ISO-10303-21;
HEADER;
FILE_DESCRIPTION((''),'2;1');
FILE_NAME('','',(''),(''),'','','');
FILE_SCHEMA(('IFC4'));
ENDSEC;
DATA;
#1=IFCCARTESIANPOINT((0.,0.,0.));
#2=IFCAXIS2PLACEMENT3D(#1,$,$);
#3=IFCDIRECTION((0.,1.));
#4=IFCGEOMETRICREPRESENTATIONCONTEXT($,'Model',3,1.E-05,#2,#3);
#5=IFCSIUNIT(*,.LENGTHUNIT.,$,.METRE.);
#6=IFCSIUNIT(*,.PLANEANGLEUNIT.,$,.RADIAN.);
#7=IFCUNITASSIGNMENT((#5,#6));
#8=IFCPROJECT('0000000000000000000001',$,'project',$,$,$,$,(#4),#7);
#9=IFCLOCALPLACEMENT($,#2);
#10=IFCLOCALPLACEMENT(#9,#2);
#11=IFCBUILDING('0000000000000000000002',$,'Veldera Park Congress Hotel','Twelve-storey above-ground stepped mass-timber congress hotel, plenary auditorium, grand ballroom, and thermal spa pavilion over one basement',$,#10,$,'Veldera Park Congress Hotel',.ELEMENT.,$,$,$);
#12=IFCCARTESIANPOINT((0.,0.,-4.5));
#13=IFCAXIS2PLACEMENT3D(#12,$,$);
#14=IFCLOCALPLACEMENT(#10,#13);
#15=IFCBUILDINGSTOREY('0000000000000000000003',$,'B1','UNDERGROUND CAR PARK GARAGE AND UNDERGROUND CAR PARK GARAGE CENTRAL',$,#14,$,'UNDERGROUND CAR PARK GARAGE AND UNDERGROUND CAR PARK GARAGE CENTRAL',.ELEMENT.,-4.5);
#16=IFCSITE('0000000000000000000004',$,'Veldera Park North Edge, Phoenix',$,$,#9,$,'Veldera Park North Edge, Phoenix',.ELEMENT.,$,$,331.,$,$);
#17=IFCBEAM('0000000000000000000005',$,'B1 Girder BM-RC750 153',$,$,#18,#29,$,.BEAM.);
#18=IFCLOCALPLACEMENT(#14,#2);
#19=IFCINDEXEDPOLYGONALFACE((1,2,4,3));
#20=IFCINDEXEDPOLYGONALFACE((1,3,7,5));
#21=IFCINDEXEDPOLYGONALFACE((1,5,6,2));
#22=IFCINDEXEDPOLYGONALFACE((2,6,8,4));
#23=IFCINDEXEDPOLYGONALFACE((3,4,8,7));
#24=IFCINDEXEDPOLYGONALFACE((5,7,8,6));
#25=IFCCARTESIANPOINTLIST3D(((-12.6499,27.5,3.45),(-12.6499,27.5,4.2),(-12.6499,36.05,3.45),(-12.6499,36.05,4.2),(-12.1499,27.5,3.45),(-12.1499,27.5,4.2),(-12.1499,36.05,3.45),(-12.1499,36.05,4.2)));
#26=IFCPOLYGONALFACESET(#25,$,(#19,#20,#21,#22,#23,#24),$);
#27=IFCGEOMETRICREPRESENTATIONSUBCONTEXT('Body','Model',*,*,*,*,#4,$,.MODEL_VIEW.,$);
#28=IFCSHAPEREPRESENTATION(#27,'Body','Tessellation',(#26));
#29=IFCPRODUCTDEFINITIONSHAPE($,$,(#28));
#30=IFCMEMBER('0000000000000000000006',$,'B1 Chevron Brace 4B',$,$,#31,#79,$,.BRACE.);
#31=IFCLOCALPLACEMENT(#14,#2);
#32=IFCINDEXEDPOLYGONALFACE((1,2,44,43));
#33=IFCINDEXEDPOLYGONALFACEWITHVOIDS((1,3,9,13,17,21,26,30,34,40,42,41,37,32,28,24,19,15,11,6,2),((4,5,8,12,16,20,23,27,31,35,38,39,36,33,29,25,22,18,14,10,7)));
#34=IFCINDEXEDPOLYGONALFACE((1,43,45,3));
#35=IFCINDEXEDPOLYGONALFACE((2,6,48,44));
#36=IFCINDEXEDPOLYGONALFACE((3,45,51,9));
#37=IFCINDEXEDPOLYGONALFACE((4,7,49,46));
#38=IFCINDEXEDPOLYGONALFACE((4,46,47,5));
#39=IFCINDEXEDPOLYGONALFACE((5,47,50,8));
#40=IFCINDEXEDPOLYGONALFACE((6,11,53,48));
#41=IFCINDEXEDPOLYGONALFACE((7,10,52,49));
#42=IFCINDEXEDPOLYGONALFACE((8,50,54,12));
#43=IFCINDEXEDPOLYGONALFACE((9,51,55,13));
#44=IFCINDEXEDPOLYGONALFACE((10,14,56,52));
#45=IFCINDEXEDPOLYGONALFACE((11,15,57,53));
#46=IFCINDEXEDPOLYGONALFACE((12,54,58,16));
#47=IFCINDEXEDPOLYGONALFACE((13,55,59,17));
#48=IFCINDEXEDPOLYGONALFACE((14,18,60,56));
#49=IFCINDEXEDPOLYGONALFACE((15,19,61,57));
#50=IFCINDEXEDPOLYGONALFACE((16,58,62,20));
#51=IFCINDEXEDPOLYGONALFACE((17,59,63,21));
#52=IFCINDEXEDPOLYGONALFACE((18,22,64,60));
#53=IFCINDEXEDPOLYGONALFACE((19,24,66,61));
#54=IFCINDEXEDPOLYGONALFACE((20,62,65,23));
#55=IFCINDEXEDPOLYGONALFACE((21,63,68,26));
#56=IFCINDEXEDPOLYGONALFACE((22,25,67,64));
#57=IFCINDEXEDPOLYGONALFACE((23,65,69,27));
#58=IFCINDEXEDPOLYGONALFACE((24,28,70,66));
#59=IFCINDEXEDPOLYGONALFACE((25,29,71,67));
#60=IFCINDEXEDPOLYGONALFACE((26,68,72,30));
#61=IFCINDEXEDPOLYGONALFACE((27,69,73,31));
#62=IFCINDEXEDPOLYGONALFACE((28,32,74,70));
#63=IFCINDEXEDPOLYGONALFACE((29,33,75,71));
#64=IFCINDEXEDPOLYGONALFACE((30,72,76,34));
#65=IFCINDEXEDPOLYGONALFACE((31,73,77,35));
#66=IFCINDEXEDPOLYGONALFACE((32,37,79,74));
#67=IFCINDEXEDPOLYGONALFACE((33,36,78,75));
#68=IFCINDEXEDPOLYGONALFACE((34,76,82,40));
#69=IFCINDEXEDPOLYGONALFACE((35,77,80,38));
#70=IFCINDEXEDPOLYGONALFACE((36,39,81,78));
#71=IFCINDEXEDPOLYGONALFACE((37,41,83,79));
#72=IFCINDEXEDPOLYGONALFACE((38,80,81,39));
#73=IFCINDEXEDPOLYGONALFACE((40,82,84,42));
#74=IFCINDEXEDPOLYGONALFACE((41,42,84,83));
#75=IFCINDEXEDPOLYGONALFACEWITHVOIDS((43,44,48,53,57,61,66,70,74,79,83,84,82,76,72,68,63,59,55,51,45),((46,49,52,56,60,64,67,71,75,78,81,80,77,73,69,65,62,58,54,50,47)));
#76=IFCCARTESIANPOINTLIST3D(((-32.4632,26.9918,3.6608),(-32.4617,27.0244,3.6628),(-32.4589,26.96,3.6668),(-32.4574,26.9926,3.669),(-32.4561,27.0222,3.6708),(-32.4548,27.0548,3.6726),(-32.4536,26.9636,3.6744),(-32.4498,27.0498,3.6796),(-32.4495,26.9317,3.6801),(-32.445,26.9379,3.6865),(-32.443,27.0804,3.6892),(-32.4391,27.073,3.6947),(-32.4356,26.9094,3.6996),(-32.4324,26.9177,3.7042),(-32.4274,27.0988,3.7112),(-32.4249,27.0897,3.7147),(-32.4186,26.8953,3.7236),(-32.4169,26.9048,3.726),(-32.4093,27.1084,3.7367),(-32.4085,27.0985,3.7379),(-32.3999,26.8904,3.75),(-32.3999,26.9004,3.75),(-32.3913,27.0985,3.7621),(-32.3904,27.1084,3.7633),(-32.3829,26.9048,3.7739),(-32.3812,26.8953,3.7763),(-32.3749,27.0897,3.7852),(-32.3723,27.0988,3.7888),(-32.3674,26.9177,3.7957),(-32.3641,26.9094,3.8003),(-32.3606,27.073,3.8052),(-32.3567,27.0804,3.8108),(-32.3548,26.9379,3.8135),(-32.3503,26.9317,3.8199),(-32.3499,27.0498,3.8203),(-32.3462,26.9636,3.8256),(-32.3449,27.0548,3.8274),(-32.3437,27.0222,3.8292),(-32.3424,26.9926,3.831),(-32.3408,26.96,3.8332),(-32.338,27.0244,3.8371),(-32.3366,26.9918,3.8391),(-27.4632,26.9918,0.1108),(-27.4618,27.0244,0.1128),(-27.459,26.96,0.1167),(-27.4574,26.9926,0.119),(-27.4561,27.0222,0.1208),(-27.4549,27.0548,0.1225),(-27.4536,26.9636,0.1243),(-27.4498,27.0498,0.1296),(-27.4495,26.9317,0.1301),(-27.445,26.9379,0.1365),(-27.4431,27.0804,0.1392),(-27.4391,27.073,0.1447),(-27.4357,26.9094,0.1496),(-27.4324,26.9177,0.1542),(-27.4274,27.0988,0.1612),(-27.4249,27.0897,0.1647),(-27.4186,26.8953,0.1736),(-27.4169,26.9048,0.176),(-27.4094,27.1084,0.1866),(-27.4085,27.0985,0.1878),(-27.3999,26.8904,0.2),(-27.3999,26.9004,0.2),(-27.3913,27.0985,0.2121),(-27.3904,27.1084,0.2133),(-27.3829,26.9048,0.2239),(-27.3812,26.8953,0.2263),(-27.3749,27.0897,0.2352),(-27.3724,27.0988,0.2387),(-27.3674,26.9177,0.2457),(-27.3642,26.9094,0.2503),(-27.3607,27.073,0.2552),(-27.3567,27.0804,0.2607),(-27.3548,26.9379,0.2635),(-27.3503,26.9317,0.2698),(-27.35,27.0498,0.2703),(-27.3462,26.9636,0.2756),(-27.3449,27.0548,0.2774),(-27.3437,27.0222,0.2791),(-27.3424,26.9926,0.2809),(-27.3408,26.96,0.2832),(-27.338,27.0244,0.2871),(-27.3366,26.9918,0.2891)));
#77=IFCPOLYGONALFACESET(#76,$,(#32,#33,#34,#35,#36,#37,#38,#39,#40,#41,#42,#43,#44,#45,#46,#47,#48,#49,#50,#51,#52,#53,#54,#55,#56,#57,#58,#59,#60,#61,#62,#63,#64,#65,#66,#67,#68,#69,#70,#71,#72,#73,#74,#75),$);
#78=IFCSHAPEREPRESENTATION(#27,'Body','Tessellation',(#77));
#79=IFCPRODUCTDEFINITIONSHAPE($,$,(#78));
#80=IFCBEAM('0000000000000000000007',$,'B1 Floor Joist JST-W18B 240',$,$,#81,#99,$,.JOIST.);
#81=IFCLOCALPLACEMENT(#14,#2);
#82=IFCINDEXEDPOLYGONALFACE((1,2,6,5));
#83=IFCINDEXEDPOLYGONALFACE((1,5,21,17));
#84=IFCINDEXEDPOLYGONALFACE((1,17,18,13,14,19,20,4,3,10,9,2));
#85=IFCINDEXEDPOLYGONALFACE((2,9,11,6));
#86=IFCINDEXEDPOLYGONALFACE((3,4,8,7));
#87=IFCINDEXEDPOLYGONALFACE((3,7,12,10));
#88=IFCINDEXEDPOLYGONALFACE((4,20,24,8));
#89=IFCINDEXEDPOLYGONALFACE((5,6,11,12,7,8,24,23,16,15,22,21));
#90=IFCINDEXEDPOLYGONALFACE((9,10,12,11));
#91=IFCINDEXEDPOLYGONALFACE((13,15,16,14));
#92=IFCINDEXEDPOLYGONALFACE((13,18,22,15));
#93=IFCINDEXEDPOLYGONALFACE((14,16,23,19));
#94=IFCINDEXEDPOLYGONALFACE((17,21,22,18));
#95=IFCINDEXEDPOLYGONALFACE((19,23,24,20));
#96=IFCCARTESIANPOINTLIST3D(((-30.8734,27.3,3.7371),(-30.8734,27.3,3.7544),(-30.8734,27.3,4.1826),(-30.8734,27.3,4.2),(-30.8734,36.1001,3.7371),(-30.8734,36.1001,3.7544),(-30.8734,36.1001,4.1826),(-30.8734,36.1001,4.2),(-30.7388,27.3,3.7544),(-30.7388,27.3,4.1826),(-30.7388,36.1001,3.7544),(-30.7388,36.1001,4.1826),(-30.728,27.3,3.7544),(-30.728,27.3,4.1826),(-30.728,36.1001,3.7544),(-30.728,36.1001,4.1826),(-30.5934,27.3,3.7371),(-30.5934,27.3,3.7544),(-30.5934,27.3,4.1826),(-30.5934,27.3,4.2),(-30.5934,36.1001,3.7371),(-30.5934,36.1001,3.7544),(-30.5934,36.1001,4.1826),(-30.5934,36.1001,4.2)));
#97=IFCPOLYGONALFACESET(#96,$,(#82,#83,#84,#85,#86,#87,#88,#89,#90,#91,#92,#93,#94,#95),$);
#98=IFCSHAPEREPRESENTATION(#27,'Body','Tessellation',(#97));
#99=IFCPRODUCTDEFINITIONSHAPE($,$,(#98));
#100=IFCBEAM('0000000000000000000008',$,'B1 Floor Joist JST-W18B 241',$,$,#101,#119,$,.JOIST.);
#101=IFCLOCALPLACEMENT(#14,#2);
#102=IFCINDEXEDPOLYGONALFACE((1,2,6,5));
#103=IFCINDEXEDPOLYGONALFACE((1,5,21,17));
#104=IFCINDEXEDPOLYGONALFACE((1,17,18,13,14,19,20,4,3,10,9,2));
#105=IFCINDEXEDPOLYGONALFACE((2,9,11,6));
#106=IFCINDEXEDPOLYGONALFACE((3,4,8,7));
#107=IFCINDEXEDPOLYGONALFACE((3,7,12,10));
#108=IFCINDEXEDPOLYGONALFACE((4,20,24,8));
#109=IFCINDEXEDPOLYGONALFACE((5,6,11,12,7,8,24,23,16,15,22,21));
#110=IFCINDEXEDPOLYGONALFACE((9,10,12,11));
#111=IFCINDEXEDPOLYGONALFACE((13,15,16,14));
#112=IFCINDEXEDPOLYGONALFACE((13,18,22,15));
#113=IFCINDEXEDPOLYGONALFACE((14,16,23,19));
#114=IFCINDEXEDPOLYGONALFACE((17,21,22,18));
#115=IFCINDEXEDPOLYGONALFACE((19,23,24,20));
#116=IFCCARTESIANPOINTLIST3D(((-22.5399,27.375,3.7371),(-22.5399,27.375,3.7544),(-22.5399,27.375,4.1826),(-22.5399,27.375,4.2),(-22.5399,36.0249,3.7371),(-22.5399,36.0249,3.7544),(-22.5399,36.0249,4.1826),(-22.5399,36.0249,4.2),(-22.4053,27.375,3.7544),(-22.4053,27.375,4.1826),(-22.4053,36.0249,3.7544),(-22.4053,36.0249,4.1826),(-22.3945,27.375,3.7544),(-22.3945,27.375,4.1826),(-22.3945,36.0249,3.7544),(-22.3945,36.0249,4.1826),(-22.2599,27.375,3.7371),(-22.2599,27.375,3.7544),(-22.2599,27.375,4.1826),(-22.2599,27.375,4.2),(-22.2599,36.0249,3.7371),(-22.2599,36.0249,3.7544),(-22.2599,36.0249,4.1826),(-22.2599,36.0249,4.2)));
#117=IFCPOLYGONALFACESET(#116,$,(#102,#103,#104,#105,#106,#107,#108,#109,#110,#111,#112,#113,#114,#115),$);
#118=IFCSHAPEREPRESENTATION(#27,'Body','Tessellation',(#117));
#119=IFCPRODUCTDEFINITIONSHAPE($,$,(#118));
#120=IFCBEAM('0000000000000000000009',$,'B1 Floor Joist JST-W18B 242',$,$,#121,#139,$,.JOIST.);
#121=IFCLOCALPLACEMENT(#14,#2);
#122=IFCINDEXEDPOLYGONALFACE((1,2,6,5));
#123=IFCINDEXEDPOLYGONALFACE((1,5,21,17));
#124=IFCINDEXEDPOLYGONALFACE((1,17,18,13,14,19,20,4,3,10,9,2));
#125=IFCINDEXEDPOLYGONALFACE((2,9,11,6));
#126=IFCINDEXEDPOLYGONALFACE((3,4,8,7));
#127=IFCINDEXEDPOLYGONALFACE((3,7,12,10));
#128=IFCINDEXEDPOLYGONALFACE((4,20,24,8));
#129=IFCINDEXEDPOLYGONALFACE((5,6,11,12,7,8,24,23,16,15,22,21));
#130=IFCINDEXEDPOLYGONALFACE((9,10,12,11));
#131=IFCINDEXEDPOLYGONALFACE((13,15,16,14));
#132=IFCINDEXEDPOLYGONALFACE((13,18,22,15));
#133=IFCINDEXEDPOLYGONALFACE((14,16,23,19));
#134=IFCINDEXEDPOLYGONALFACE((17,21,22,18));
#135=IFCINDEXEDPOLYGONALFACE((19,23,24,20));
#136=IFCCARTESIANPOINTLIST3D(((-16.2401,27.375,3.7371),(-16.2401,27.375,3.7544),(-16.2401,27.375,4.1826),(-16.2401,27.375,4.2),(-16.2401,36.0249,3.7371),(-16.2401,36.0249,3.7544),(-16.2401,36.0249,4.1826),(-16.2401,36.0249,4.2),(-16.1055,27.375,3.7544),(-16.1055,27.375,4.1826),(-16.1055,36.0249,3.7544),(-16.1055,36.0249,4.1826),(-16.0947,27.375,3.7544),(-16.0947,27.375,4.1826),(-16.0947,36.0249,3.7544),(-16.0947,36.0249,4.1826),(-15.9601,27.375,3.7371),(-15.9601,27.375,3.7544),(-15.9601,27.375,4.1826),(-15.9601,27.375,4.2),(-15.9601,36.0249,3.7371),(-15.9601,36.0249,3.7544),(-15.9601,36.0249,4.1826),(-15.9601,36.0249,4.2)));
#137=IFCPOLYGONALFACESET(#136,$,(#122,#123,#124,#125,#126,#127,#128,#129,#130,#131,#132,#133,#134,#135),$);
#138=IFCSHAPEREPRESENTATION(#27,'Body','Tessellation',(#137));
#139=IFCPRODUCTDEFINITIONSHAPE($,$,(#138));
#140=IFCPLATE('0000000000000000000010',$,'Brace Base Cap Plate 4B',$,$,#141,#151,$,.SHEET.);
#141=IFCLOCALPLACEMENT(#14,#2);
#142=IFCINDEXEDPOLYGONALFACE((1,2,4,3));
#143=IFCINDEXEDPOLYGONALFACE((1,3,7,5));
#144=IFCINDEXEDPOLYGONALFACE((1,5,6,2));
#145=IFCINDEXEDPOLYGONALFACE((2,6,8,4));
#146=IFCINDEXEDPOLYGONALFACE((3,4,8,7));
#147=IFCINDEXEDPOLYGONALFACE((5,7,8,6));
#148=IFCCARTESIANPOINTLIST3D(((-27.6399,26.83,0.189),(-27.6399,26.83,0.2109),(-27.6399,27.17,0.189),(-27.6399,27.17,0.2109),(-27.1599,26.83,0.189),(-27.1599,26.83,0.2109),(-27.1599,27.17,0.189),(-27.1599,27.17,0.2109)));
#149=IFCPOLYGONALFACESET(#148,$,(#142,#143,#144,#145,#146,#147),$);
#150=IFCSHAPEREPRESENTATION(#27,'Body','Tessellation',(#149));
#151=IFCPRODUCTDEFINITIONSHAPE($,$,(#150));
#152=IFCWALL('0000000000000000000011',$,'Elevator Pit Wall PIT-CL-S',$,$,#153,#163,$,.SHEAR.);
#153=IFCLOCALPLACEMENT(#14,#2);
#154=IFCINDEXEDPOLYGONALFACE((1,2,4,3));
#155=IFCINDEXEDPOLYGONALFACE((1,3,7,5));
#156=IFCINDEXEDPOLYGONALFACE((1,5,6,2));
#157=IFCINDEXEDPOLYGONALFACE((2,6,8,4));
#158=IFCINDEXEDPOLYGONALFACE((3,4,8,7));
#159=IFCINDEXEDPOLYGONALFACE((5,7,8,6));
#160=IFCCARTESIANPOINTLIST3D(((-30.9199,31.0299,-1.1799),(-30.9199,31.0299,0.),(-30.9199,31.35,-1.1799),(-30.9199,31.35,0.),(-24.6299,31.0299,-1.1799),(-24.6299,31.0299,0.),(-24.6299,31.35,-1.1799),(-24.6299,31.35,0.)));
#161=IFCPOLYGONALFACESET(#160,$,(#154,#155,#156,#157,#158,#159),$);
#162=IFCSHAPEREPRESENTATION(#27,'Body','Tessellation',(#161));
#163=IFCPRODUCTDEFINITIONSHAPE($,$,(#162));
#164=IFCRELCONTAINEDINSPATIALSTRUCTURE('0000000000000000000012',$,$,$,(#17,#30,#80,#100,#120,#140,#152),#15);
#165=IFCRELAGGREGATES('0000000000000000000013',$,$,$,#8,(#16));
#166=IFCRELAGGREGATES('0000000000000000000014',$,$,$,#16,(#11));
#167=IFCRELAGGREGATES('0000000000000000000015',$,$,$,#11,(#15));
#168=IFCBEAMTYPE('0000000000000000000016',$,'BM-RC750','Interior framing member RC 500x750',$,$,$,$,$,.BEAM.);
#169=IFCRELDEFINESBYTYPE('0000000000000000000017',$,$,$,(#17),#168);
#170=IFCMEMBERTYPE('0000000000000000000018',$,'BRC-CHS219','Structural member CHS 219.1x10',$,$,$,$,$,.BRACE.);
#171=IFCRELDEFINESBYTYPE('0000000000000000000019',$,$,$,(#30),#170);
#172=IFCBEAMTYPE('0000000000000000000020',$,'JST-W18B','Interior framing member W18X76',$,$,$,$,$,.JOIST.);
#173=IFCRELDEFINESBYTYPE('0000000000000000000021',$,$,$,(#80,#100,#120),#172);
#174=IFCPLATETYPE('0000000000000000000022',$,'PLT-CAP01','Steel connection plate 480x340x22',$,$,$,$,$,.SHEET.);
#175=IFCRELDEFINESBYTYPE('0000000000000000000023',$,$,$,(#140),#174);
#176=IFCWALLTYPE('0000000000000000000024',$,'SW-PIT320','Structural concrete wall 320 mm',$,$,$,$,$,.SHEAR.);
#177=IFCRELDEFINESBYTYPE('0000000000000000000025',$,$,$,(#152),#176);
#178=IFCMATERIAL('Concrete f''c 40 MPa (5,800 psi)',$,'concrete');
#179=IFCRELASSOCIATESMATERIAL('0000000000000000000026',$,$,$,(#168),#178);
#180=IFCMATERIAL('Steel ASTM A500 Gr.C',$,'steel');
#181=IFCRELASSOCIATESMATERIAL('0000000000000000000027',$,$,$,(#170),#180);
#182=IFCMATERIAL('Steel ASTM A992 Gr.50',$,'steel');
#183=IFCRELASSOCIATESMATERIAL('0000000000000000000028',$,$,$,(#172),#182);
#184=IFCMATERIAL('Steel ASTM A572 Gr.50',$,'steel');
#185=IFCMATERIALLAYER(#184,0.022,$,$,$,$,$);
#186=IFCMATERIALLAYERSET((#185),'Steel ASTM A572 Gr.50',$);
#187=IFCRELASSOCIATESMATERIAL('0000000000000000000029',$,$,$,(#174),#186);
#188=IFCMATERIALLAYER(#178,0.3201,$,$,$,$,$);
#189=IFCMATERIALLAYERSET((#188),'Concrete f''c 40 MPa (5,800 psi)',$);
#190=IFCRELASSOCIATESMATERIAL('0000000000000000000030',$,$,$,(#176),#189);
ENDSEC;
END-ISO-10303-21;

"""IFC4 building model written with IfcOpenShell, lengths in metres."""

from ifc_helpers import new_model, si_unit, direction, frame, frame_2d, origin, origin_2d, place, context, subcontext, project, spatial, rectangle, hollow_circle, i_section, extrude, material, layer, layer_set, material_profile, profile_set, type_object, element, save


model = new_model("IFC4")

# Units and contexts
model_context = context("Model", 3, precision=1e-05, world=origin(), true_north=direction((0.0, 1.0)))
body_context = subcontext(model_context, "Body", "Model", "MODEL_VIEW")
ifc_project = project(units=[si_unit("LENGTHUNIT", "METRE"), si_unit("PLANEANGLEUNIT", "RADIAN")], contexts=[model_context])

# Site, building, storey
site_placement = place(None, origin())
site = spatial("IfcSite", under=ifc_project, at=site_placement, Name="Veldera Park North Edge, Phoenix", LongName="Veldera Park North Edge, Phoenix", CompositionType="ELEMENT", RefElevation=331.0)
building_placement = place(site_placement, origin())
building = spatial("IfcBuilding", under=site, at=building_placement, Name="Veldera Park Congress Hotel", Description="Twelve-storey above-ground stepped mass-timber congress hotel, plenary auditorium, grand ballroom, and thermal spa pavilion over one basement", LongName="Veldera Park Congress Hotel", CompositionType="ELEMENT")
storey_placement = place(building_placement, frame((0.0, 0.0, -4.5)))
storey = spatial("IfcBuildingStorey", under=building, at=storey_placement, Name="B1", Description="UNDERGROUND CAR PARK GARAGE AND UNDERGROUND CAR PARK GARAGE CENTRAL", LongName="UNDERGROUND CAR PARK GARAGE AND UNDERGROUND CAR PARK GARAGE CENTRAL", CompositionType="ELEMENT", Elevation=-4.5)

# Shared definitions
ifc_material_1 = material(Name="Concrete f'c 40 MPa (5,800 psi)", Category="concrete")

# Beam
ifc_material_profile_1 = material_profile(ifc_material_1, rectangle(XDim=0.5, YDim=0.75, at=origin_2d()), Name="RC 500x750")
ifc_profile_set_1 = profile_set([ifc_material_profile_1], Name="Concrete f'c 40 MPa (5,800 psi)")
beam_type_1 = type_object("IfcBeamType", Name="BM-RC750", Description="Interior framing member RC 500x750", PredefinedType="BEAM", material=ifc_profile_set_1)
beam_1_placement = place(storey_placement, frame((-12.3999, 27.5, 3.825), z_axis=(0.0, 1.0, 0.0), x_axis=(-1.0, 0.0, 0.0)))
element("IfcBeam", 1, at=beam_1_placement, inside=storey, type_object=beam_type_1, Name="B1 Girder BM-RC750 153", PredefinedType="BEAM", context=body_context, shape_type="SweptSolid", body=[
    extrude(rectangle(XDim=0.5, YDim=0.75, at=origin_2d()), origin(), (0.0, 0.0, 1.0), 8.55),
])

# Member
ifc_material_2 = material(Name="Steel ASTM A500 Gr.C", Category="steel")
ifc_material_profile_2 = material_profile(ifc_material_2, hollow_circle(Radius=0.1096, WallThickness=0.01, at=origin_2d()), Name="CHS 219.1x10")
ifc_profile_set_2 = profile_set([ifc_material_profile_2], Name="Steel ASTM A500 Gr.C")
member_type = type_object("IfcMemberType", Name="BRC-CHS219", Description="Structural member CHS 219.1x10", PredefinedType="BRACE", material=ifc_profile_set_2)
member_placement = place(storey_placement, frame((-27.3999, 27.0, 0.2), z_axis=(-0.815379, 0.0, 0.578927), x_axis=(0.0, -1.0, 0.0)))
element("IfcMember", 2, at=member_placement, inside=storey, type_object=member_type, Name="B1 Chevron Brace 4B", PredefinedType="BRACE", context=body_context, shape_type="SweptSolid", body=[
    extrude(hollow_circle(Radius=0.1096, WallThickness=0.01, at=origin_2d()), origin(), (0.0, 0.0, 1.0), 6.1321),
])

# Beams
ifc_material_3 = material(Name="Steel ASTM A992 Gr.50", Category="steel")
ifc_material_profile_3 = material_profile(ifc_material_3, i_section(OverallWidth=0.28, OverallDepth=0.4629, WebThickness=0.0107, FlangeThickness=0.0173, at=origin_2d()), Name="W18X76")
ifc_profile_set_3 = profile_set([ifc_material_profile_3], Name="Steel ASTM A992 Gr.50")
beam_type_2 = type_object("IfcBeamType", Name="JST-W18B", Description="Interior framing member W18X76", PredefinedType="JOIST", material=ifc_profile_set_3)
beam_2_placement = place(storey_placement, frame((-30.7334, 27.3, 3.9685), z_axis=(0.0, 1.0, 0.0), x_axis=(-1.0, 0.0, 0.0)))
element("IfcBeam", 3, at=beam_2_placement, inside=storey, type_object=beam_type_2, Name="B1 Floor Joist JST-W18B 240", PredefinedType="JOIST", context=body_context, shape_type="SweptSolid", body=[
    extrude(i_section(OverallWidth=0.28, OverallDepth=0.4629, WebThickness=0.0107, FlangeThickness=0.0173, at=origin_2d()), origin(), (0.0, 0.0, 1.0), 8.8),
])
for number, where, z_axis, x_axis, name in (
    (4, (-22.3999, 27.375, 3.9685), (0.0, 1.0, 0.0), (-1.0, 0.0, 0.0), "B1 Floor Joist JST-W18B 241"),
    (5, (-16.1001, 27.375, 3.9685), (0.0, 1.0, 0.0), (-1.0, 0.0, 0.0), "B1 Floor Joist JST-W18B 242"),
):
    element("IfcBeam", number, at=place(storey_placement, frame(where, z_axis=z_axis, x_axis=x_axis)), inside=storey, type_object=beam_type_2, Name=name, PredefinedType="JOIST", context=body_context, shape_type="SweptSolid", body=[
        extrude(i_section(OverallWidth=0.28, OverallDepth=0.4629, WebThickness=0.0107, FlangeThickness=0.0173, at=origin_2d()), origin(), (0.0, 0.0, 1.0), 8.6499),
    ])

# Plate
ifc_material_4 = material(Name="Steel ASTM A572 Gr.50", Category="steel")
ifc_layer_1 = layer(ifc_material_4, 0.022)
ifc_layer_set_1 = layer_set([ifc_layer_1], Name="Steel ASTM A572 Gr.50")
plate_type = type_object("IfcPlateType", Name="PLT-CAP01", Description="Steel connection plate 480x340x22", PredefinedType="SHEET", material=ifc_layer_set_1)
plate_placement = place(storey_placement, frame((-27.3999, 27.0, 0.189), z_axis=(0.0, 0.0, 1.0), x_axis=(1.0, 0.0, 0.0)))
element("IfcPlate", 6, at=plate_placement, inside=storey, type_object=plate_type, Name="Brace Base Cap Plate 4B", PredefinedType="SHEET", context=body_context, shape_type="SweptSolid", body=[
    extrude(rectangle(XDim=0.48, YDim=0.3401, at=origin_2d()), origin(), (0.0, 0.0, 1.0), 0.022),
])

# Wall
ifc_layer_2 = layer(ifc_material_1, 0.3201)
ifc_layer_set_2 = layer_set([ifc_layer_2], Name="Concrete f'c 40 MPa (5,800 psi)")
wall_type_1 = type_object("IfcWallType", Name="SW-PIT320", Description="Structural concrete wall 320 mm", PredefinedType="SHEAR", material=ifc_layer_set_2)
wall_1_placement = place(storey_placement, frame((-30.9199, 31.1899, -1.1799), z_axis=(0.0, 0.0, 1.0), x_axis=(1.0, 0.0, 0.0)))
element("IfcWall", 7, at=wall_1_placement, inside=storey, type_object=wall_type_1, Name="Elevator Pit Wall PIT-CL-S", PredefinedType="SHEAR", context=body_context, shape_type="SweptSolid", body=[
    extrude(rectangle(XDim=6.29, YDim=0.3201, at=frame_2d((3.145, 0.0))), origin(), (0.0, 0.0, 1.0), 1.1799),
])

save(model, "model.ifc")
